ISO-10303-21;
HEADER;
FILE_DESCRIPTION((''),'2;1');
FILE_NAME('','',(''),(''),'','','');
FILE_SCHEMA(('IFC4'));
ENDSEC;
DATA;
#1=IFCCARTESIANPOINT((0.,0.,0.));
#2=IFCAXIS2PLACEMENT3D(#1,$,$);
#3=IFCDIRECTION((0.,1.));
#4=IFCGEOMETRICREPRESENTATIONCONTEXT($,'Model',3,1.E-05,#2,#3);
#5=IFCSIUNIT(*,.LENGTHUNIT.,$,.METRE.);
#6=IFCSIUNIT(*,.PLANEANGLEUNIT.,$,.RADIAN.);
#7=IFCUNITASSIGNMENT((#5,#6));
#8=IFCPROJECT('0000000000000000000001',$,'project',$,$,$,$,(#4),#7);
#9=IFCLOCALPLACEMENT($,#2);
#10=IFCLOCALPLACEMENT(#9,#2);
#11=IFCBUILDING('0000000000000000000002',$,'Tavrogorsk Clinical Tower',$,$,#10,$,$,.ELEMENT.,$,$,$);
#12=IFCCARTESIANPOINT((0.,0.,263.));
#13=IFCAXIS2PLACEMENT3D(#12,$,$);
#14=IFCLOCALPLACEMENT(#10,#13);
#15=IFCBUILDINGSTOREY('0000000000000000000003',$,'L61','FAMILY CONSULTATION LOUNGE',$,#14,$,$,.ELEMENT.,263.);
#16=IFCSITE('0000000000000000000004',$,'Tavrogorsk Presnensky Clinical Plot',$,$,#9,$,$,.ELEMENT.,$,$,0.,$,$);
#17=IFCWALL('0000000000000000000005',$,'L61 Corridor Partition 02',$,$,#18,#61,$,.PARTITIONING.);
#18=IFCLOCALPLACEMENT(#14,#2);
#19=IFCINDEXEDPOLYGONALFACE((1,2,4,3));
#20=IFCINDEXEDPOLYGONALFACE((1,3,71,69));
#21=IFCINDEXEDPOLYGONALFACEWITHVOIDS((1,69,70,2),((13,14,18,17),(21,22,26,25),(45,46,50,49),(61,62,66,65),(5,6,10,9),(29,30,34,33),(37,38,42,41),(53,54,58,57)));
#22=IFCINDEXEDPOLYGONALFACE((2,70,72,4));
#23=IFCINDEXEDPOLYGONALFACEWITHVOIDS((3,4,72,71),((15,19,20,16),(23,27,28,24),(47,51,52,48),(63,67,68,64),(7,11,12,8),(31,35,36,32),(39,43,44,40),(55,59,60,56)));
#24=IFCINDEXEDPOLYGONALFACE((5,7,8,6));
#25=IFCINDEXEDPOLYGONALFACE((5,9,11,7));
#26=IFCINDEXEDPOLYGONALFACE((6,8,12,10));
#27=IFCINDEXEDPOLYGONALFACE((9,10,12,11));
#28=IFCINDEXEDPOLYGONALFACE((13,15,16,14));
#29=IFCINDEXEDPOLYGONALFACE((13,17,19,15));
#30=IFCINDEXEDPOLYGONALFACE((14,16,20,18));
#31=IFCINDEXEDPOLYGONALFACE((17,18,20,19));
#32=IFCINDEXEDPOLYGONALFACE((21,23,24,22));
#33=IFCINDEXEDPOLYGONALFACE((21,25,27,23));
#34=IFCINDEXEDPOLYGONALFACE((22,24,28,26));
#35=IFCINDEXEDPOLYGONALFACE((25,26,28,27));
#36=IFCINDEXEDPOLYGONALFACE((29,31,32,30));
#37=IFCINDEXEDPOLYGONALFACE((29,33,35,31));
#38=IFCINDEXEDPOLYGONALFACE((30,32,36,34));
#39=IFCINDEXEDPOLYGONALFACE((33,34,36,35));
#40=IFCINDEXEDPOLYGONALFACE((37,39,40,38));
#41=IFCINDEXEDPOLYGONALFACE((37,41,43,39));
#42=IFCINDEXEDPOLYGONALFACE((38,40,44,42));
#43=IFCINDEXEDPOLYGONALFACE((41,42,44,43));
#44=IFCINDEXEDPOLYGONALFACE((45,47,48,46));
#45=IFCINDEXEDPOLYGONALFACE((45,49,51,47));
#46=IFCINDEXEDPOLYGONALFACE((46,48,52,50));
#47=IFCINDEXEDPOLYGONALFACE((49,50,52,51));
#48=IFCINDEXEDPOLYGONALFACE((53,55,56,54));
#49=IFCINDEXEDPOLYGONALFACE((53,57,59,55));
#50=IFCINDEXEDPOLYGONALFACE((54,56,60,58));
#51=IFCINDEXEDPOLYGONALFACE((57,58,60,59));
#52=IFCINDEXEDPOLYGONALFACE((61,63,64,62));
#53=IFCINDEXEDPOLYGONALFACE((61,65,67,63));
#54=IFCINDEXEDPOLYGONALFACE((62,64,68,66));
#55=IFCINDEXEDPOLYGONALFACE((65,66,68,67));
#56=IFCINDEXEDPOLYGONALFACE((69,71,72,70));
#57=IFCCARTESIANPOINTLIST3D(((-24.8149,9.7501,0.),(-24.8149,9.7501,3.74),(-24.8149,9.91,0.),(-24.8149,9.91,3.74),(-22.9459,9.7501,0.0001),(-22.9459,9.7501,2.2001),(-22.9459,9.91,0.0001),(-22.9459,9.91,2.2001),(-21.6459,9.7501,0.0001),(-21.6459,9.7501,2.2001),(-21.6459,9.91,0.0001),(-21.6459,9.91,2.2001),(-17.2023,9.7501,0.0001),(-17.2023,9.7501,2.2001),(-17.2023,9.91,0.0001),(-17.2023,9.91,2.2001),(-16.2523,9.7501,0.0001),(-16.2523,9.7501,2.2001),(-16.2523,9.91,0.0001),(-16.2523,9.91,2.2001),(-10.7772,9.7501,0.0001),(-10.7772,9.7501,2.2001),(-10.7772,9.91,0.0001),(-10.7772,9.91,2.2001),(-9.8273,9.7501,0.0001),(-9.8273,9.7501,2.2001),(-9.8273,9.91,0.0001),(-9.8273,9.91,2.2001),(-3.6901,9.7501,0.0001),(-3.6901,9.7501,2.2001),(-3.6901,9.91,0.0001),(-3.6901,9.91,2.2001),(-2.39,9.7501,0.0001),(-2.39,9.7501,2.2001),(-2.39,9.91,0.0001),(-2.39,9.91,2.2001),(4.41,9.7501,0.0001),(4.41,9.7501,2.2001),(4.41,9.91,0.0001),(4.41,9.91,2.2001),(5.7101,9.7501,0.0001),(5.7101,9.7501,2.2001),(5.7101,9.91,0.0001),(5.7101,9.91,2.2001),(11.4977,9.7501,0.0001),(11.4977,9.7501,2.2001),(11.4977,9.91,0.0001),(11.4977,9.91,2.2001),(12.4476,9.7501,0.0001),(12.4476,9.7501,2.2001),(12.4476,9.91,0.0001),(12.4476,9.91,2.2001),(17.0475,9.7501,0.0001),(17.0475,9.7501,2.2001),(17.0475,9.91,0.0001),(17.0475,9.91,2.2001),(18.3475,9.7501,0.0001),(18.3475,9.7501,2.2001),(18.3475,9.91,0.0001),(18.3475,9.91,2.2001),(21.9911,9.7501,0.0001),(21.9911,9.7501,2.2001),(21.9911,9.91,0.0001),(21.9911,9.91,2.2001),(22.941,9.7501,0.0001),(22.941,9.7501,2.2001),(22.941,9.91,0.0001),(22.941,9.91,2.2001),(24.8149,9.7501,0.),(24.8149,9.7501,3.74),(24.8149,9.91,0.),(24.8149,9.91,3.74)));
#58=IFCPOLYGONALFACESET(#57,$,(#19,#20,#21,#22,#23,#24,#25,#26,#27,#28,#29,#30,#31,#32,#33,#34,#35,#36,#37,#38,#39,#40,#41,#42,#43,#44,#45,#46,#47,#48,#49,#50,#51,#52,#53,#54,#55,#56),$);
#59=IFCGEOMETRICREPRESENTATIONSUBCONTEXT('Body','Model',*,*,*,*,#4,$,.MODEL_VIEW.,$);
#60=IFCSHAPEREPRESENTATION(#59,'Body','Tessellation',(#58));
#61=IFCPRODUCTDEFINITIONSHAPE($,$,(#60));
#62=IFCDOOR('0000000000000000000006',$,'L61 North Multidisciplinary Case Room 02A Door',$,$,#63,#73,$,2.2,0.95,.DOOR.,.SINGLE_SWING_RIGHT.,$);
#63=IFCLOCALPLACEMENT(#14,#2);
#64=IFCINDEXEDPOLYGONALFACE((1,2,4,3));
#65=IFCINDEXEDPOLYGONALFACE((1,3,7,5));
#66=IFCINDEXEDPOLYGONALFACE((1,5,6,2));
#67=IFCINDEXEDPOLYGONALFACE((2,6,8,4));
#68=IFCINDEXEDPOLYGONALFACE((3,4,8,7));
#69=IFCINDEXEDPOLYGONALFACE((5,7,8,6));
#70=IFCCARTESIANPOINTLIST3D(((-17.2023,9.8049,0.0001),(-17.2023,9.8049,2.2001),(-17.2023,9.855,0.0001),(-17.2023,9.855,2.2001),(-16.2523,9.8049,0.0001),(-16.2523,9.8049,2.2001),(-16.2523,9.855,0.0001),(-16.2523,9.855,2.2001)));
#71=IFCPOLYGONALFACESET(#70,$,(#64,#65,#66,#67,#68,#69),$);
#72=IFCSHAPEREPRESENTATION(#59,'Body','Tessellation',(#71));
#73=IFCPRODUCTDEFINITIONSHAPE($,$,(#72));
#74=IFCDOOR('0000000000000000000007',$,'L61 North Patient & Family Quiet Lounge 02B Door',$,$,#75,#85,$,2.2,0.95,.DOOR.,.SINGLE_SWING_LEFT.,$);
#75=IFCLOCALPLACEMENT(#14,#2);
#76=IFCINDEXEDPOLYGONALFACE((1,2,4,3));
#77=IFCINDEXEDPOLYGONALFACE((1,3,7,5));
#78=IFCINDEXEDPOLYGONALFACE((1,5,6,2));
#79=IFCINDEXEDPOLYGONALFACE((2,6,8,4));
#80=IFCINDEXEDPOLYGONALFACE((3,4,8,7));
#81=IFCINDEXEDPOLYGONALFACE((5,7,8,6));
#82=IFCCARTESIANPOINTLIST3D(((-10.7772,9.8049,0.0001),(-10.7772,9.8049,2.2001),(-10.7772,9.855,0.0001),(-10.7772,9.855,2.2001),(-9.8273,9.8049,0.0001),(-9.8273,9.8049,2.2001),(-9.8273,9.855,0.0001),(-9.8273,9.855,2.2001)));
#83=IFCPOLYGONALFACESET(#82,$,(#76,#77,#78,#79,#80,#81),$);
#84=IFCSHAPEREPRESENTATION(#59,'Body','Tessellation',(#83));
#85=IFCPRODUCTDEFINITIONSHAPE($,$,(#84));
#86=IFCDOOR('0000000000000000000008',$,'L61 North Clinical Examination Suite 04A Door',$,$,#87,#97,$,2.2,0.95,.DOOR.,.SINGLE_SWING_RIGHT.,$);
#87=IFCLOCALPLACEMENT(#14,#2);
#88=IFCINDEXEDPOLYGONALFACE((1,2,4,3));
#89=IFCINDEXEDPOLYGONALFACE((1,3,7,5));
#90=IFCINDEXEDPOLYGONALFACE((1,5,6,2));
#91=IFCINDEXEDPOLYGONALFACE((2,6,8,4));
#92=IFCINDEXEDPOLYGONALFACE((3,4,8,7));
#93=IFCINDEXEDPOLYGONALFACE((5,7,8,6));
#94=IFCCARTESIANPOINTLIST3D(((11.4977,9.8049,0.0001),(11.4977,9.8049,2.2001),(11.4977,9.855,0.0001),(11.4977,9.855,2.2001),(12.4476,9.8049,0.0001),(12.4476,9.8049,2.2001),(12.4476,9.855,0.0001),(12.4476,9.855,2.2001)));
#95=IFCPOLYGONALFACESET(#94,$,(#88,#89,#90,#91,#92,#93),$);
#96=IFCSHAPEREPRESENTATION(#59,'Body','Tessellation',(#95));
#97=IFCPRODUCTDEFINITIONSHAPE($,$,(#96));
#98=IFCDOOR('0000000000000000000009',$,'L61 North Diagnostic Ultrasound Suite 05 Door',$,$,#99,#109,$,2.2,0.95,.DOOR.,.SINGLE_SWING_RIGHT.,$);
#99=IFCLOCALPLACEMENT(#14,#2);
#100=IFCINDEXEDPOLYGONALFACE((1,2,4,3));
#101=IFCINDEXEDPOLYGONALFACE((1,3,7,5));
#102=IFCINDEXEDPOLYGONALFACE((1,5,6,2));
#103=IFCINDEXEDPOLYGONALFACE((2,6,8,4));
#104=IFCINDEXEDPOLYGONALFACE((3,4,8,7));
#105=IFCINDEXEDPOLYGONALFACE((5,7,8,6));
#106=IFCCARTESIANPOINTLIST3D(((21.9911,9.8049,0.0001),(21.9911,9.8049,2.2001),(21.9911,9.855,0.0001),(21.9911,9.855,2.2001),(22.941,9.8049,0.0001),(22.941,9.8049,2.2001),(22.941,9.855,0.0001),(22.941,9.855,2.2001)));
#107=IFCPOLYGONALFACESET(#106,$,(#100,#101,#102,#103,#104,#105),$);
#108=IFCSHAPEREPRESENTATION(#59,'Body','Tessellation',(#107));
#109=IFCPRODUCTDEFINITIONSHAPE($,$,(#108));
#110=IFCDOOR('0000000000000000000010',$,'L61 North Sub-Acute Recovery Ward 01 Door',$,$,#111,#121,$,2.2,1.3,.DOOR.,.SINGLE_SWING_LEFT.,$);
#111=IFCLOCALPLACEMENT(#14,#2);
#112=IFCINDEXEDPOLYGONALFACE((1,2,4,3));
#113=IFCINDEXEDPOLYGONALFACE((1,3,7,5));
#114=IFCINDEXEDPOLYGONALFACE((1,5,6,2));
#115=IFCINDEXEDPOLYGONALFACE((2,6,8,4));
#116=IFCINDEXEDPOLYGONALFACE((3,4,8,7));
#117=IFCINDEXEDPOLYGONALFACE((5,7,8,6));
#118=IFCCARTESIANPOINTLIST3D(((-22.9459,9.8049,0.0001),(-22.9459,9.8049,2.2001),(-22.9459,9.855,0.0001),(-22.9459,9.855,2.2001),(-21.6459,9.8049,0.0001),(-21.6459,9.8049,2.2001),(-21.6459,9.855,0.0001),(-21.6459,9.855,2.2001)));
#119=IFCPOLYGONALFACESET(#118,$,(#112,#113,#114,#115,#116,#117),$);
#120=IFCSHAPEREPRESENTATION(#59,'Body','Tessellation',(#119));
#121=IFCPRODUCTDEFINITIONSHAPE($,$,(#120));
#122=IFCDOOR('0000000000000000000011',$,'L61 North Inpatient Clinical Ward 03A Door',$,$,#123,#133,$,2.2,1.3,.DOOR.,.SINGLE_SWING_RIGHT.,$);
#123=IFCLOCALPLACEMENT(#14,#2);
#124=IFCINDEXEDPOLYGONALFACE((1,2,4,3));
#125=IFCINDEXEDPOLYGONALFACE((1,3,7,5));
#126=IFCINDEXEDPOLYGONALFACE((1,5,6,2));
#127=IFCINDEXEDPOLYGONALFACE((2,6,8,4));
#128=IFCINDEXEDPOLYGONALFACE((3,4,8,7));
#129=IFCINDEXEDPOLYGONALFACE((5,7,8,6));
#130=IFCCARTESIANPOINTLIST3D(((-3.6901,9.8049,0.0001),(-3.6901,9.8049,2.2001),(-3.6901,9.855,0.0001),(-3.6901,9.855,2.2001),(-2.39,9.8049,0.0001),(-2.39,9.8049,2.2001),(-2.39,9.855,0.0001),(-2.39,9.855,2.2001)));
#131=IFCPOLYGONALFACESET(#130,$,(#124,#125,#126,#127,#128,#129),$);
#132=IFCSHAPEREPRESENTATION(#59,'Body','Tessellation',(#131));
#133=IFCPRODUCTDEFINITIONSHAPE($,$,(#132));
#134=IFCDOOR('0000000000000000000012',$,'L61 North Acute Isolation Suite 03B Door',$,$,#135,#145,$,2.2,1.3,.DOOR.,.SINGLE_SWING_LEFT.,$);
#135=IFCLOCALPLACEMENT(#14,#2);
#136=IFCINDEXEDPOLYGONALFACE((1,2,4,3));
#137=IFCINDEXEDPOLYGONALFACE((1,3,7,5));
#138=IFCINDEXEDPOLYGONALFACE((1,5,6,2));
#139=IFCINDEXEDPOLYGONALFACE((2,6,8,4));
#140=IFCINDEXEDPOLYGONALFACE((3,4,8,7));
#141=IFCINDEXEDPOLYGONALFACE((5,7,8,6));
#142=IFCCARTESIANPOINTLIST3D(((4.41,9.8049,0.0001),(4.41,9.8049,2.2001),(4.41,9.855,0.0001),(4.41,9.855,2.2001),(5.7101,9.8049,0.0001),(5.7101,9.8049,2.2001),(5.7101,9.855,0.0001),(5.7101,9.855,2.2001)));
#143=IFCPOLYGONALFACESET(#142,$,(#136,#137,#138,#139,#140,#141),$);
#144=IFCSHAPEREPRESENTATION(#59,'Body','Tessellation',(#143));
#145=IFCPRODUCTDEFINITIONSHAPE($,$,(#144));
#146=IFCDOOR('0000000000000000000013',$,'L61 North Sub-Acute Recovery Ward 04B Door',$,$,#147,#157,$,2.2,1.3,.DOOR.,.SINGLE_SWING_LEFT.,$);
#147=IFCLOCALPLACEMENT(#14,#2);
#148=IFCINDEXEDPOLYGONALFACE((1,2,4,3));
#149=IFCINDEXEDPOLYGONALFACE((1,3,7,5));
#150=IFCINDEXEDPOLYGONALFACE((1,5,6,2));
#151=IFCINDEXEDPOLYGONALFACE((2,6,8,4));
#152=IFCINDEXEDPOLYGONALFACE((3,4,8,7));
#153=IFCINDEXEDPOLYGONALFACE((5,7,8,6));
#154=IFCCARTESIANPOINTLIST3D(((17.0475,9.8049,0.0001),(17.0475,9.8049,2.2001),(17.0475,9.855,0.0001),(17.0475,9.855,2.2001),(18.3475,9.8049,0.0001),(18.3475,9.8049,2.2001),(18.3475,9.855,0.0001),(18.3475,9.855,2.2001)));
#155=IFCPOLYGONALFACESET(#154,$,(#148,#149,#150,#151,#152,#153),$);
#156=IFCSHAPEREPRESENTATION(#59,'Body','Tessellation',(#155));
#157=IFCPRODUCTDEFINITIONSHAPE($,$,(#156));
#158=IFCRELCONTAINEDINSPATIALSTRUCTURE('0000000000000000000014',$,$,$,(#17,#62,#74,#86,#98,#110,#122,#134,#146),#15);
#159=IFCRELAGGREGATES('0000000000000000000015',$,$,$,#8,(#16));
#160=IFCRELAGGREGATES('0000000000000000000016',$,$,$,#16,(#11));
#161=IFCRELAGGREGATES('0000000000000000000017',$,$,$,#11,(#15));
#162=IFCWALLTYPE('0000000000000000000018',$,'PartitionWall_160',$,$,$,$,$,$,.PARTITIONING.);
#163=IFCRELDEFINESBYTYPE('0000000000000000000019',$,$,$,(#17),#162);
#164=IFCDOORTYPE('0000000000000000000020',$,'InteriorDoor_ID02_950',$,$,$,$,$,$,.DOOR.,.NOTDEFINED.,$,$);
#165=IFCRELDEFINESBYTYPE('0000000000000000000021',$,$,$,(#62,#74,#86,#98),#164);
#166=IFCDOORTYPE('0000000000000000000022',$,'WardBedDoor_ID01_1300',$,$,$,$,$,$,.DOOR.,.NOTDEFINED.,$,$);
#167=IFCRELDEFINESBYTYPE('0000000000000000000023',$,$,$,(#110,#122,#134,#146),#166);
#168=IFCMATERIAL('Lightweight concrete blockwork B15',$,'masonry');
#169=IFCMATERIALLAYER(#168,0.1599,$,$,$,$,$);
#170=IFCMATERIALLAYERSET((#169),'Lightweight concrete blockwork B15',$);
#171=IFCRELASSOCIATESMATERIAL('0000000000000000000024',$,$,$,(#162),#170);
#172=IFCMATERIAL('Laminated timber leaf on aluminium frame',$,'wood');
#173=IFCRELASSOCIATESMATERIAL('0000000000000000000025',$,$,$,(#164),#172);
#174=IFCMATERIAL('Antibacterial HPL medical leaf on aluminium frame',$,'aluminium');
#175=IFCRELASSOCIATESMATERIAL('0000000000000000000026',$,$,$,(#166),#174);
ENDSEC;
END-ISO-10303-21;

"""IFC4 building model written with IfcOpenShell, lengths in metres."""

from ifc_helpers import new_model, si_unit, direction, frame, frame_2d, origin, place, context, subcontext, project, spatial, rectangle, extrude, material, layer, layer_set, type_object, element, fill, save


model = new_model("IFC4")

# Units and contexts
model_context = context("Model", 3, precision=1e-05, world=origin(), true_north=direction((0.0, 1.0)))
body_context = subcontext(model_context, "Body", "Model", "MODEL_VIEW")
ifc_project = project(units=[si_unit("LENGTHUNIT", "METRE"), si_unit("PLANEANGLEUNIT", "RADIAN")], contexts=[model_context])

# Site, building, storey
site_placement = place(None, origin())
site = spatial("IfcSite", under=ifc_project, at=site_placement, Name="Tavrogorsk Presnensky Clinical Plot", CompositionType="ELEMENT", RefElevation=0.0)
building_placement = place(site_placement, origin())
building = spatial("IfcBuilding", under=site, at=building_placement, Name="Tavrogorsk Clinical Tower", CompositionType="ELEMENT")
storey_placement = place(building_placement, frame((0.0, 0.0, 263.0)))
storey = spatial("IfcBuildingStorey", under=building, at=storey_placement, Name="L61", Description="FAMILY CONSULTATION LOUNGE", CompositionType="ELEMENT", Elevation=263.0)

# Wall, openings, doors
ifc_material_1 = material(Name="Lightweight concrete blockwork B15", Category="masonry")
ifc_layer = layer(ifc_material_1, 0.1599)
ifc_layer_set = layer_set([ifc_layer], Name="Lightweight concrete blockwork B15")
wall_type = type_object("IfcWallType", Name="PartitionWall_160", PredefinedType="PARTITIONING", material=ifc_layer_set)
wall_1_placement = place(storey_placement, frame((-24.8149, 9.8301, 0.0), z_axis=(0.0, 0.0, 1.0), x_axis=(1.0, 0.0, 0.0)))
wall_1 = element("IfcWall", 1, at=wall_1_placement, inside=storey, type_object=wall_type, Name="L61 Corridor Partition 02", PredefinedType="PARTITIONING", context=body_context, shape_type="SweptSolid", body=[
    extrude(rectangle(XDim=49.6299, YDim=0.1599, at=frame_2d((24.8149, 0.0))), origin(), (0.0, 0.0, 1.0), 3.74),
])
opening_1_placement = place(wall_1_placement, frame((1.8691, 0.0, 0.0)))
opening_1 = element("IfcOpeningElement", 2, at=opening_1_placement, cuts=wall_1, PredefinedType="OPENING", context=body_context, shape_type="SweptSolid", body=[
    extrude(rectangle(XDim=1.3, YDim=2.2, at=frame_2d((0.6499, 1.1001))), frame((0.0, 0.0898, 0.0), z_axis=(0.0, -1.0, 0.0), x_axis=(1.0, 0.0, 0.0)), (0.0, 0.0, 1.0), 0.1799),
])
opening_2_placement = place(wall_1_placement, frame((7.6125, 0.0, 0.0)))
opening_2 = element("IfcOpeningElement", 3, at=opening_2_placement, cuts=wall_1, PredefinedType="OPENING", context=body_context, shape_type="SweptSolid", body=[
    extrude(rectangle(XDim=0.95, YDim=2.2, at=frame_2d((0.4751, 1.1001))), frame((0.0, 0.0898, 0.0), z_axis=(0.0, -1.0, 0.0), x_axis=(1.0, 0.0, 0.0)), (0.0, 0.0, 1.0), 0.1799),
])
opening_3_placement = place(wall_1_placement, frame((14.0376, 0.0, 0.0)))
opening_3 = element("IfcOpeningElement", 4, at=opening_3_placement, cuts=wall_1, PredefinedType="OPENING", context=body_context, shape_type="SweptSolid", body=[
    extrude(rectangle(XDim=0.95, YDim=2.2, at=frame_2d((0.4751, 1.1001))), frame((0.0, 0.0898, 0.0), z_axis=(0.0, -1.0, 0.0), x_axis=(1.0, 0.0, 0.0)), (0.0, 0.0, 1.0), 0.1799),
])
opening_4_placement = place(wall_1_placement, frame((21.125, 0.0, 0.0)))
opening_4 = element("IfcOpeningElement", 5, at=opening_4_placement, cuts=wall_1, PredefinedType="OPENING", context=body_context, shape_type="SweptSolid", body=[
    extrude(rectangle(XDim=1.3, YDim=2.2, at=frame_2d((0.6499, 1.1001))), frame((0.0, 0.0898, 0.0), z_axis=(0.0, -1.0, 0.0), x_axis=(1.0, 0.0, 0.0)), (0.0, 0.0, 1.0), 0.1799),
])
opening_5_placement = place(wall_1_placement, frame((29.2251, 0.0, 0.0)))
opening_5 = element("IfcOpeningElement", 6, at=opening_5_placement, cuts=wall_1, PredefinedType="OPENING", context=body_context, shape_type="SweptSolid", body=[
    extrude(rectangle(XDim=1.3, YDim=2.2, at=frame_2d((0.6499, 1.1001))), frame((0.0, 0.0898, 0.0), z_axis=(0.0, -1.0, 0.0), x_axis=(1.0, 0.0, 0.0)), (0.0, 0.0, 1.0), 0.1799),
])
opening_6_placement = place(wall_1_placement, frame((36.3125, 0.0, 0.0)))
opening_6 = element("IfcOpeningElement", 7, at=opening_6_placement, cuts=wall_1, PredefinedType="OPENING", context=body_context, shape_type="SweptSolid", body=[
    extrude(rectangle(XDim=0.95, YDim=2.2, at=frame_2d((0.4751, 1.1001))), frame((0.0, 0.0898, 0.0), z_axis=(0.0, -1.0, 0.0), x_axis=(1.0, 0.0, 0.0)), (0.0, 0.0, 1.0), 0.1799),
])
opening_7_placement = place(wall_1_placement, frame((41.8625, 0.0, 0.0)))
opening_7 = element("IfcOpeningElement", 8, at=opening_7_placement, cuts=wall_1, PredefinedType="OPENING", context=body_context, shape_type="SweptSolid", body=[
    extrude(rectangle(XDim=1.3, YDim=2.2, at=frame_2d((0.6499, 1.1001))), frame((0.0, 0.0898, 0.0), z_axis=(0.0, -1.0, 0.0), x_axis=(1.0, 0.0, 0.0)), (0.0, 0.0, 1.0), 0.1799),
])
opening_8_placement = place(wall_1_placement, frame((46.8059, 0.0, 0.0)))
opening_8 = element("IfcOpeningElement", 9, at=opening_8_placement, cuts=wall_1, PredefinedType="OPENING", context=body_context, shape_type="SweptSolid", body=[
    extrude(rectangle(XDim=0.95, YDim=2.2, at=frame_2d((0.4751, 1.1001))), frame((0.0, 0.0898, 0.0), z_axis=(0.0, -1.0, 0.0), x_axis=(1.0, 0.0, 0.0)), (0.0, 0.0, 1.0), 0.1799),
])
ifc_material_2 = material(Name="Laminated timber leaf on aluminium frame", Category="wood")
door_type_1 = type_object("IfcDoorType", Name="InteriorDoor_ID02_950", OperationType="NOTDEFINED", PredefinedType="DOOR", material=ifc_material_2)
door_1_placement = place(opening_2_placement, origin())
door_1 = element("IfcDoor", 10, at=door_1_placement, inside=storey, type_object=door_type_1, Name="L61 North Multidisciplinary Case Room 02A Door", OperationType="SINGLE_SWING_RIGHT", OverallHeight=2.2, OverallWidth=0.95, PredefinedType="DOOR", context=body_context, shape_type="SweptSolid", body=[
    extrude(rectangle(XDim=0.95, YDim=2.2, at=frame_2d((0.4751, 1.1001))), frame((0.0, 0.0249, 0.0), z_axis=(0.0, -1.0, 0.0), x_axis=(1.0, 0.0, 0.0)), (0.0, 0.0, 1.0), 0.05),
])
fill(opening_2, door_1)
door_2_placement = place(opening_3_placement, origin())
door_2 = element("IfcDoor", 11, at=door_2_placement, inside=storey, type_object=door_type_1, Name="L61 North Patient & Family Quiet Lounge 02B Door", OperationType="SINGLE_SWING_LEFT", OverallHeight=2.2, OverallWidth=0.95, PredefinedType="DOOR", context=body_context, shape_type="SweptSolid", body=[
    extrude(rectangle(XDim=0.95, YDim=2.2, at=frame_2d((0.4751, 1.1001))), frame((0.0, 0.0249, 0.0), z_axis=(0.0, -1.0, 0.0), x_axis=(1.0, 0.0, 0.0)), (0.0, 0.0, 1.0), 0.05),
])
fill(opening_3, door_2)
door_3_placement = place(opening_6_placement, origin())
door_3 = element("IfcDoor", 12, at=door_3_placement, inside=storey, type_object=door_type_1, Name="L61 North Clinical Examination Suite 04A Door", OperationType="SINGLE_SWING_RIGHT", OverallHeight=2.2, OverallWidth=0.95, PredefinedType="DOOR", context=body_context, shape_type="SweptSolid", body=[
    extrude(rectangle(XDim=0.95, YDim=2.2, at=frame_2d((0.4751, 1.1001))), frame((0.0, 0.0249, 0.0), z_axis=(0.0, -1.0, 0.0), x_axis=(1.0, 0.0, 0.0)), (0.0, 0.0, 1.0), 0.05),
])
fill(opening_6, door_3)
door_4_placement = place(opening_8_placement, origin())
door_4 = element("IfcDoor", 13, at=door_4_placement, inside=storey, type_object=door_type_1, Name="L61 North Diagnostic Ultrasound Suite 05 Door", OperationType="SINGLE_SWING_RIGHT", OverallHeight=2.2, OverallWidth=0.95, PredefinedType="DOOR", context=body_context, shape_type="SweptSolid", body=[
    extrude(rectangle(XDim=0.95, YDim=2.2, at=frame_2d((0.4751, 1.1001))), frame((0.0, 0.0249, 0.0), z_axis=(0.0, -1.0, 0.0), x_axis=(1.0, 0.0, 0.0)), (0.0, 0.0, 1.0), 0.05),
])
fill(opening_8, door_4)
ifc_material_3 = material(Name="Antibacterial HPL medical leaf on aluminium frame", Category="aluminium")
door_type_2 = type_object("IfcDoorType", Name="WardBedDoor_ID01_1300", OperationType="NOTDEFINED", PredefinedType="DOOR", material=ifc_material_3)
door_5_placement = place(opening_1_placement, origin())
door_5 = element("IfcDoor", 14, at=door_5_placement, inside=storey, type_object=door_type_2, Name="L61 North Sub-Acute Recovery Ward 01 Door", OperationType="SINGLE_SWING_LEFT", OverallHeight=2.2, OverallWidth=1.3, PredefinedType="DOOR", context=body_context, shape_type="SweptSolid", body=[
    extrude(rectangle(XDim=1.3, YDim=2.2, at=frame_2d((0.6499, 1.1001))), frame((0.0, 0.0249, 0.0), z_axis=(0.0, -1.0, 0.0), x_axis=(1.0, 0.0, 0.0)), (0.0, 0.0, 1.0), 0.05),
])
fill(opening_1, door_5)
door_6_placement = place(opening_4_placement, origin())
door_6 = element("IfcDoor", 15, at=door_6_placement, inside=storey, type_object=door_type_2, Name="L61 North Inpatient Clinical Ward 03A Door", OperationType="SINGLE_SWING_RIGHT", OverallHeight=2.2, OverallWidth=1.3, PredefinedType="DOOR", context=body_context, shape_type="SweptSolid", body=[
    extrude(rectangle(XDim=1.3, YDim=2.2, at=frame_2d((0.6499, 1.1001))), frame((0.0, 0.0249, 0.0), z_axis=(0.0, -1.0, 0.0), x_axis=(1.0, 0.0, 0.0)), (0.0, 0.0, 1.0), 0.05),
])
fill(opening_4, door_6)
door_7_placement = place(opening_5_placement, origin())
door_7 = element("IfcDoor", 16, at=door_7_placement, inside=storey, type_object=door_type_2, Name="L61 North Acute Isolation Suite 03B Door", OperationType="SINGLE_SWING_LEFT", OverallHeight=2.2, OverallWidth=1.3, PredefinedType="DOOR", context=body_context, shape_type="SweptSolid", body=[
    extrude(rectangle(XDim=1.3, YDim=2.2, at=frame_2d((0.6499, 1.1001))), frame((0.0, 0.0249, 0.0), z_axis=(0.0, -1.0, 0.0), x_axis=(1.0, 0.0, 0.0)), (0.0, 0.0, 1.0), 0.05),
])
fill(opening_5, door_7)
door_8_placement = place(opening_7_placement, origin())
door_8 = element("IfcDoor", 17, at=door_8_placement, inside=storey, type_object=door_type_2, Name="L61 North Sub-Acute Recovery Ward 04B Door", OperationType="SINGLE_SWING_LEFT", OverallHeight=2.2, OverallWidth=1.3, PredefinedType="DOOR", context=body_context, shape_type="SweptSolid", body=[
    extrude(rectangle(XDim=1.3, YDim=2.2, at=frame_2d((0.6499, 1.1001))), frame((0.0, 0.0249, 0.0), z_axis=(0.0, -1.0, 0.0), x_axis=(1.0, 0.0, 0.0)), (0.0, 0.0, 1.0), 0.05),
])
fill(opening_7, door_8)

save(model, "model.ifc")
